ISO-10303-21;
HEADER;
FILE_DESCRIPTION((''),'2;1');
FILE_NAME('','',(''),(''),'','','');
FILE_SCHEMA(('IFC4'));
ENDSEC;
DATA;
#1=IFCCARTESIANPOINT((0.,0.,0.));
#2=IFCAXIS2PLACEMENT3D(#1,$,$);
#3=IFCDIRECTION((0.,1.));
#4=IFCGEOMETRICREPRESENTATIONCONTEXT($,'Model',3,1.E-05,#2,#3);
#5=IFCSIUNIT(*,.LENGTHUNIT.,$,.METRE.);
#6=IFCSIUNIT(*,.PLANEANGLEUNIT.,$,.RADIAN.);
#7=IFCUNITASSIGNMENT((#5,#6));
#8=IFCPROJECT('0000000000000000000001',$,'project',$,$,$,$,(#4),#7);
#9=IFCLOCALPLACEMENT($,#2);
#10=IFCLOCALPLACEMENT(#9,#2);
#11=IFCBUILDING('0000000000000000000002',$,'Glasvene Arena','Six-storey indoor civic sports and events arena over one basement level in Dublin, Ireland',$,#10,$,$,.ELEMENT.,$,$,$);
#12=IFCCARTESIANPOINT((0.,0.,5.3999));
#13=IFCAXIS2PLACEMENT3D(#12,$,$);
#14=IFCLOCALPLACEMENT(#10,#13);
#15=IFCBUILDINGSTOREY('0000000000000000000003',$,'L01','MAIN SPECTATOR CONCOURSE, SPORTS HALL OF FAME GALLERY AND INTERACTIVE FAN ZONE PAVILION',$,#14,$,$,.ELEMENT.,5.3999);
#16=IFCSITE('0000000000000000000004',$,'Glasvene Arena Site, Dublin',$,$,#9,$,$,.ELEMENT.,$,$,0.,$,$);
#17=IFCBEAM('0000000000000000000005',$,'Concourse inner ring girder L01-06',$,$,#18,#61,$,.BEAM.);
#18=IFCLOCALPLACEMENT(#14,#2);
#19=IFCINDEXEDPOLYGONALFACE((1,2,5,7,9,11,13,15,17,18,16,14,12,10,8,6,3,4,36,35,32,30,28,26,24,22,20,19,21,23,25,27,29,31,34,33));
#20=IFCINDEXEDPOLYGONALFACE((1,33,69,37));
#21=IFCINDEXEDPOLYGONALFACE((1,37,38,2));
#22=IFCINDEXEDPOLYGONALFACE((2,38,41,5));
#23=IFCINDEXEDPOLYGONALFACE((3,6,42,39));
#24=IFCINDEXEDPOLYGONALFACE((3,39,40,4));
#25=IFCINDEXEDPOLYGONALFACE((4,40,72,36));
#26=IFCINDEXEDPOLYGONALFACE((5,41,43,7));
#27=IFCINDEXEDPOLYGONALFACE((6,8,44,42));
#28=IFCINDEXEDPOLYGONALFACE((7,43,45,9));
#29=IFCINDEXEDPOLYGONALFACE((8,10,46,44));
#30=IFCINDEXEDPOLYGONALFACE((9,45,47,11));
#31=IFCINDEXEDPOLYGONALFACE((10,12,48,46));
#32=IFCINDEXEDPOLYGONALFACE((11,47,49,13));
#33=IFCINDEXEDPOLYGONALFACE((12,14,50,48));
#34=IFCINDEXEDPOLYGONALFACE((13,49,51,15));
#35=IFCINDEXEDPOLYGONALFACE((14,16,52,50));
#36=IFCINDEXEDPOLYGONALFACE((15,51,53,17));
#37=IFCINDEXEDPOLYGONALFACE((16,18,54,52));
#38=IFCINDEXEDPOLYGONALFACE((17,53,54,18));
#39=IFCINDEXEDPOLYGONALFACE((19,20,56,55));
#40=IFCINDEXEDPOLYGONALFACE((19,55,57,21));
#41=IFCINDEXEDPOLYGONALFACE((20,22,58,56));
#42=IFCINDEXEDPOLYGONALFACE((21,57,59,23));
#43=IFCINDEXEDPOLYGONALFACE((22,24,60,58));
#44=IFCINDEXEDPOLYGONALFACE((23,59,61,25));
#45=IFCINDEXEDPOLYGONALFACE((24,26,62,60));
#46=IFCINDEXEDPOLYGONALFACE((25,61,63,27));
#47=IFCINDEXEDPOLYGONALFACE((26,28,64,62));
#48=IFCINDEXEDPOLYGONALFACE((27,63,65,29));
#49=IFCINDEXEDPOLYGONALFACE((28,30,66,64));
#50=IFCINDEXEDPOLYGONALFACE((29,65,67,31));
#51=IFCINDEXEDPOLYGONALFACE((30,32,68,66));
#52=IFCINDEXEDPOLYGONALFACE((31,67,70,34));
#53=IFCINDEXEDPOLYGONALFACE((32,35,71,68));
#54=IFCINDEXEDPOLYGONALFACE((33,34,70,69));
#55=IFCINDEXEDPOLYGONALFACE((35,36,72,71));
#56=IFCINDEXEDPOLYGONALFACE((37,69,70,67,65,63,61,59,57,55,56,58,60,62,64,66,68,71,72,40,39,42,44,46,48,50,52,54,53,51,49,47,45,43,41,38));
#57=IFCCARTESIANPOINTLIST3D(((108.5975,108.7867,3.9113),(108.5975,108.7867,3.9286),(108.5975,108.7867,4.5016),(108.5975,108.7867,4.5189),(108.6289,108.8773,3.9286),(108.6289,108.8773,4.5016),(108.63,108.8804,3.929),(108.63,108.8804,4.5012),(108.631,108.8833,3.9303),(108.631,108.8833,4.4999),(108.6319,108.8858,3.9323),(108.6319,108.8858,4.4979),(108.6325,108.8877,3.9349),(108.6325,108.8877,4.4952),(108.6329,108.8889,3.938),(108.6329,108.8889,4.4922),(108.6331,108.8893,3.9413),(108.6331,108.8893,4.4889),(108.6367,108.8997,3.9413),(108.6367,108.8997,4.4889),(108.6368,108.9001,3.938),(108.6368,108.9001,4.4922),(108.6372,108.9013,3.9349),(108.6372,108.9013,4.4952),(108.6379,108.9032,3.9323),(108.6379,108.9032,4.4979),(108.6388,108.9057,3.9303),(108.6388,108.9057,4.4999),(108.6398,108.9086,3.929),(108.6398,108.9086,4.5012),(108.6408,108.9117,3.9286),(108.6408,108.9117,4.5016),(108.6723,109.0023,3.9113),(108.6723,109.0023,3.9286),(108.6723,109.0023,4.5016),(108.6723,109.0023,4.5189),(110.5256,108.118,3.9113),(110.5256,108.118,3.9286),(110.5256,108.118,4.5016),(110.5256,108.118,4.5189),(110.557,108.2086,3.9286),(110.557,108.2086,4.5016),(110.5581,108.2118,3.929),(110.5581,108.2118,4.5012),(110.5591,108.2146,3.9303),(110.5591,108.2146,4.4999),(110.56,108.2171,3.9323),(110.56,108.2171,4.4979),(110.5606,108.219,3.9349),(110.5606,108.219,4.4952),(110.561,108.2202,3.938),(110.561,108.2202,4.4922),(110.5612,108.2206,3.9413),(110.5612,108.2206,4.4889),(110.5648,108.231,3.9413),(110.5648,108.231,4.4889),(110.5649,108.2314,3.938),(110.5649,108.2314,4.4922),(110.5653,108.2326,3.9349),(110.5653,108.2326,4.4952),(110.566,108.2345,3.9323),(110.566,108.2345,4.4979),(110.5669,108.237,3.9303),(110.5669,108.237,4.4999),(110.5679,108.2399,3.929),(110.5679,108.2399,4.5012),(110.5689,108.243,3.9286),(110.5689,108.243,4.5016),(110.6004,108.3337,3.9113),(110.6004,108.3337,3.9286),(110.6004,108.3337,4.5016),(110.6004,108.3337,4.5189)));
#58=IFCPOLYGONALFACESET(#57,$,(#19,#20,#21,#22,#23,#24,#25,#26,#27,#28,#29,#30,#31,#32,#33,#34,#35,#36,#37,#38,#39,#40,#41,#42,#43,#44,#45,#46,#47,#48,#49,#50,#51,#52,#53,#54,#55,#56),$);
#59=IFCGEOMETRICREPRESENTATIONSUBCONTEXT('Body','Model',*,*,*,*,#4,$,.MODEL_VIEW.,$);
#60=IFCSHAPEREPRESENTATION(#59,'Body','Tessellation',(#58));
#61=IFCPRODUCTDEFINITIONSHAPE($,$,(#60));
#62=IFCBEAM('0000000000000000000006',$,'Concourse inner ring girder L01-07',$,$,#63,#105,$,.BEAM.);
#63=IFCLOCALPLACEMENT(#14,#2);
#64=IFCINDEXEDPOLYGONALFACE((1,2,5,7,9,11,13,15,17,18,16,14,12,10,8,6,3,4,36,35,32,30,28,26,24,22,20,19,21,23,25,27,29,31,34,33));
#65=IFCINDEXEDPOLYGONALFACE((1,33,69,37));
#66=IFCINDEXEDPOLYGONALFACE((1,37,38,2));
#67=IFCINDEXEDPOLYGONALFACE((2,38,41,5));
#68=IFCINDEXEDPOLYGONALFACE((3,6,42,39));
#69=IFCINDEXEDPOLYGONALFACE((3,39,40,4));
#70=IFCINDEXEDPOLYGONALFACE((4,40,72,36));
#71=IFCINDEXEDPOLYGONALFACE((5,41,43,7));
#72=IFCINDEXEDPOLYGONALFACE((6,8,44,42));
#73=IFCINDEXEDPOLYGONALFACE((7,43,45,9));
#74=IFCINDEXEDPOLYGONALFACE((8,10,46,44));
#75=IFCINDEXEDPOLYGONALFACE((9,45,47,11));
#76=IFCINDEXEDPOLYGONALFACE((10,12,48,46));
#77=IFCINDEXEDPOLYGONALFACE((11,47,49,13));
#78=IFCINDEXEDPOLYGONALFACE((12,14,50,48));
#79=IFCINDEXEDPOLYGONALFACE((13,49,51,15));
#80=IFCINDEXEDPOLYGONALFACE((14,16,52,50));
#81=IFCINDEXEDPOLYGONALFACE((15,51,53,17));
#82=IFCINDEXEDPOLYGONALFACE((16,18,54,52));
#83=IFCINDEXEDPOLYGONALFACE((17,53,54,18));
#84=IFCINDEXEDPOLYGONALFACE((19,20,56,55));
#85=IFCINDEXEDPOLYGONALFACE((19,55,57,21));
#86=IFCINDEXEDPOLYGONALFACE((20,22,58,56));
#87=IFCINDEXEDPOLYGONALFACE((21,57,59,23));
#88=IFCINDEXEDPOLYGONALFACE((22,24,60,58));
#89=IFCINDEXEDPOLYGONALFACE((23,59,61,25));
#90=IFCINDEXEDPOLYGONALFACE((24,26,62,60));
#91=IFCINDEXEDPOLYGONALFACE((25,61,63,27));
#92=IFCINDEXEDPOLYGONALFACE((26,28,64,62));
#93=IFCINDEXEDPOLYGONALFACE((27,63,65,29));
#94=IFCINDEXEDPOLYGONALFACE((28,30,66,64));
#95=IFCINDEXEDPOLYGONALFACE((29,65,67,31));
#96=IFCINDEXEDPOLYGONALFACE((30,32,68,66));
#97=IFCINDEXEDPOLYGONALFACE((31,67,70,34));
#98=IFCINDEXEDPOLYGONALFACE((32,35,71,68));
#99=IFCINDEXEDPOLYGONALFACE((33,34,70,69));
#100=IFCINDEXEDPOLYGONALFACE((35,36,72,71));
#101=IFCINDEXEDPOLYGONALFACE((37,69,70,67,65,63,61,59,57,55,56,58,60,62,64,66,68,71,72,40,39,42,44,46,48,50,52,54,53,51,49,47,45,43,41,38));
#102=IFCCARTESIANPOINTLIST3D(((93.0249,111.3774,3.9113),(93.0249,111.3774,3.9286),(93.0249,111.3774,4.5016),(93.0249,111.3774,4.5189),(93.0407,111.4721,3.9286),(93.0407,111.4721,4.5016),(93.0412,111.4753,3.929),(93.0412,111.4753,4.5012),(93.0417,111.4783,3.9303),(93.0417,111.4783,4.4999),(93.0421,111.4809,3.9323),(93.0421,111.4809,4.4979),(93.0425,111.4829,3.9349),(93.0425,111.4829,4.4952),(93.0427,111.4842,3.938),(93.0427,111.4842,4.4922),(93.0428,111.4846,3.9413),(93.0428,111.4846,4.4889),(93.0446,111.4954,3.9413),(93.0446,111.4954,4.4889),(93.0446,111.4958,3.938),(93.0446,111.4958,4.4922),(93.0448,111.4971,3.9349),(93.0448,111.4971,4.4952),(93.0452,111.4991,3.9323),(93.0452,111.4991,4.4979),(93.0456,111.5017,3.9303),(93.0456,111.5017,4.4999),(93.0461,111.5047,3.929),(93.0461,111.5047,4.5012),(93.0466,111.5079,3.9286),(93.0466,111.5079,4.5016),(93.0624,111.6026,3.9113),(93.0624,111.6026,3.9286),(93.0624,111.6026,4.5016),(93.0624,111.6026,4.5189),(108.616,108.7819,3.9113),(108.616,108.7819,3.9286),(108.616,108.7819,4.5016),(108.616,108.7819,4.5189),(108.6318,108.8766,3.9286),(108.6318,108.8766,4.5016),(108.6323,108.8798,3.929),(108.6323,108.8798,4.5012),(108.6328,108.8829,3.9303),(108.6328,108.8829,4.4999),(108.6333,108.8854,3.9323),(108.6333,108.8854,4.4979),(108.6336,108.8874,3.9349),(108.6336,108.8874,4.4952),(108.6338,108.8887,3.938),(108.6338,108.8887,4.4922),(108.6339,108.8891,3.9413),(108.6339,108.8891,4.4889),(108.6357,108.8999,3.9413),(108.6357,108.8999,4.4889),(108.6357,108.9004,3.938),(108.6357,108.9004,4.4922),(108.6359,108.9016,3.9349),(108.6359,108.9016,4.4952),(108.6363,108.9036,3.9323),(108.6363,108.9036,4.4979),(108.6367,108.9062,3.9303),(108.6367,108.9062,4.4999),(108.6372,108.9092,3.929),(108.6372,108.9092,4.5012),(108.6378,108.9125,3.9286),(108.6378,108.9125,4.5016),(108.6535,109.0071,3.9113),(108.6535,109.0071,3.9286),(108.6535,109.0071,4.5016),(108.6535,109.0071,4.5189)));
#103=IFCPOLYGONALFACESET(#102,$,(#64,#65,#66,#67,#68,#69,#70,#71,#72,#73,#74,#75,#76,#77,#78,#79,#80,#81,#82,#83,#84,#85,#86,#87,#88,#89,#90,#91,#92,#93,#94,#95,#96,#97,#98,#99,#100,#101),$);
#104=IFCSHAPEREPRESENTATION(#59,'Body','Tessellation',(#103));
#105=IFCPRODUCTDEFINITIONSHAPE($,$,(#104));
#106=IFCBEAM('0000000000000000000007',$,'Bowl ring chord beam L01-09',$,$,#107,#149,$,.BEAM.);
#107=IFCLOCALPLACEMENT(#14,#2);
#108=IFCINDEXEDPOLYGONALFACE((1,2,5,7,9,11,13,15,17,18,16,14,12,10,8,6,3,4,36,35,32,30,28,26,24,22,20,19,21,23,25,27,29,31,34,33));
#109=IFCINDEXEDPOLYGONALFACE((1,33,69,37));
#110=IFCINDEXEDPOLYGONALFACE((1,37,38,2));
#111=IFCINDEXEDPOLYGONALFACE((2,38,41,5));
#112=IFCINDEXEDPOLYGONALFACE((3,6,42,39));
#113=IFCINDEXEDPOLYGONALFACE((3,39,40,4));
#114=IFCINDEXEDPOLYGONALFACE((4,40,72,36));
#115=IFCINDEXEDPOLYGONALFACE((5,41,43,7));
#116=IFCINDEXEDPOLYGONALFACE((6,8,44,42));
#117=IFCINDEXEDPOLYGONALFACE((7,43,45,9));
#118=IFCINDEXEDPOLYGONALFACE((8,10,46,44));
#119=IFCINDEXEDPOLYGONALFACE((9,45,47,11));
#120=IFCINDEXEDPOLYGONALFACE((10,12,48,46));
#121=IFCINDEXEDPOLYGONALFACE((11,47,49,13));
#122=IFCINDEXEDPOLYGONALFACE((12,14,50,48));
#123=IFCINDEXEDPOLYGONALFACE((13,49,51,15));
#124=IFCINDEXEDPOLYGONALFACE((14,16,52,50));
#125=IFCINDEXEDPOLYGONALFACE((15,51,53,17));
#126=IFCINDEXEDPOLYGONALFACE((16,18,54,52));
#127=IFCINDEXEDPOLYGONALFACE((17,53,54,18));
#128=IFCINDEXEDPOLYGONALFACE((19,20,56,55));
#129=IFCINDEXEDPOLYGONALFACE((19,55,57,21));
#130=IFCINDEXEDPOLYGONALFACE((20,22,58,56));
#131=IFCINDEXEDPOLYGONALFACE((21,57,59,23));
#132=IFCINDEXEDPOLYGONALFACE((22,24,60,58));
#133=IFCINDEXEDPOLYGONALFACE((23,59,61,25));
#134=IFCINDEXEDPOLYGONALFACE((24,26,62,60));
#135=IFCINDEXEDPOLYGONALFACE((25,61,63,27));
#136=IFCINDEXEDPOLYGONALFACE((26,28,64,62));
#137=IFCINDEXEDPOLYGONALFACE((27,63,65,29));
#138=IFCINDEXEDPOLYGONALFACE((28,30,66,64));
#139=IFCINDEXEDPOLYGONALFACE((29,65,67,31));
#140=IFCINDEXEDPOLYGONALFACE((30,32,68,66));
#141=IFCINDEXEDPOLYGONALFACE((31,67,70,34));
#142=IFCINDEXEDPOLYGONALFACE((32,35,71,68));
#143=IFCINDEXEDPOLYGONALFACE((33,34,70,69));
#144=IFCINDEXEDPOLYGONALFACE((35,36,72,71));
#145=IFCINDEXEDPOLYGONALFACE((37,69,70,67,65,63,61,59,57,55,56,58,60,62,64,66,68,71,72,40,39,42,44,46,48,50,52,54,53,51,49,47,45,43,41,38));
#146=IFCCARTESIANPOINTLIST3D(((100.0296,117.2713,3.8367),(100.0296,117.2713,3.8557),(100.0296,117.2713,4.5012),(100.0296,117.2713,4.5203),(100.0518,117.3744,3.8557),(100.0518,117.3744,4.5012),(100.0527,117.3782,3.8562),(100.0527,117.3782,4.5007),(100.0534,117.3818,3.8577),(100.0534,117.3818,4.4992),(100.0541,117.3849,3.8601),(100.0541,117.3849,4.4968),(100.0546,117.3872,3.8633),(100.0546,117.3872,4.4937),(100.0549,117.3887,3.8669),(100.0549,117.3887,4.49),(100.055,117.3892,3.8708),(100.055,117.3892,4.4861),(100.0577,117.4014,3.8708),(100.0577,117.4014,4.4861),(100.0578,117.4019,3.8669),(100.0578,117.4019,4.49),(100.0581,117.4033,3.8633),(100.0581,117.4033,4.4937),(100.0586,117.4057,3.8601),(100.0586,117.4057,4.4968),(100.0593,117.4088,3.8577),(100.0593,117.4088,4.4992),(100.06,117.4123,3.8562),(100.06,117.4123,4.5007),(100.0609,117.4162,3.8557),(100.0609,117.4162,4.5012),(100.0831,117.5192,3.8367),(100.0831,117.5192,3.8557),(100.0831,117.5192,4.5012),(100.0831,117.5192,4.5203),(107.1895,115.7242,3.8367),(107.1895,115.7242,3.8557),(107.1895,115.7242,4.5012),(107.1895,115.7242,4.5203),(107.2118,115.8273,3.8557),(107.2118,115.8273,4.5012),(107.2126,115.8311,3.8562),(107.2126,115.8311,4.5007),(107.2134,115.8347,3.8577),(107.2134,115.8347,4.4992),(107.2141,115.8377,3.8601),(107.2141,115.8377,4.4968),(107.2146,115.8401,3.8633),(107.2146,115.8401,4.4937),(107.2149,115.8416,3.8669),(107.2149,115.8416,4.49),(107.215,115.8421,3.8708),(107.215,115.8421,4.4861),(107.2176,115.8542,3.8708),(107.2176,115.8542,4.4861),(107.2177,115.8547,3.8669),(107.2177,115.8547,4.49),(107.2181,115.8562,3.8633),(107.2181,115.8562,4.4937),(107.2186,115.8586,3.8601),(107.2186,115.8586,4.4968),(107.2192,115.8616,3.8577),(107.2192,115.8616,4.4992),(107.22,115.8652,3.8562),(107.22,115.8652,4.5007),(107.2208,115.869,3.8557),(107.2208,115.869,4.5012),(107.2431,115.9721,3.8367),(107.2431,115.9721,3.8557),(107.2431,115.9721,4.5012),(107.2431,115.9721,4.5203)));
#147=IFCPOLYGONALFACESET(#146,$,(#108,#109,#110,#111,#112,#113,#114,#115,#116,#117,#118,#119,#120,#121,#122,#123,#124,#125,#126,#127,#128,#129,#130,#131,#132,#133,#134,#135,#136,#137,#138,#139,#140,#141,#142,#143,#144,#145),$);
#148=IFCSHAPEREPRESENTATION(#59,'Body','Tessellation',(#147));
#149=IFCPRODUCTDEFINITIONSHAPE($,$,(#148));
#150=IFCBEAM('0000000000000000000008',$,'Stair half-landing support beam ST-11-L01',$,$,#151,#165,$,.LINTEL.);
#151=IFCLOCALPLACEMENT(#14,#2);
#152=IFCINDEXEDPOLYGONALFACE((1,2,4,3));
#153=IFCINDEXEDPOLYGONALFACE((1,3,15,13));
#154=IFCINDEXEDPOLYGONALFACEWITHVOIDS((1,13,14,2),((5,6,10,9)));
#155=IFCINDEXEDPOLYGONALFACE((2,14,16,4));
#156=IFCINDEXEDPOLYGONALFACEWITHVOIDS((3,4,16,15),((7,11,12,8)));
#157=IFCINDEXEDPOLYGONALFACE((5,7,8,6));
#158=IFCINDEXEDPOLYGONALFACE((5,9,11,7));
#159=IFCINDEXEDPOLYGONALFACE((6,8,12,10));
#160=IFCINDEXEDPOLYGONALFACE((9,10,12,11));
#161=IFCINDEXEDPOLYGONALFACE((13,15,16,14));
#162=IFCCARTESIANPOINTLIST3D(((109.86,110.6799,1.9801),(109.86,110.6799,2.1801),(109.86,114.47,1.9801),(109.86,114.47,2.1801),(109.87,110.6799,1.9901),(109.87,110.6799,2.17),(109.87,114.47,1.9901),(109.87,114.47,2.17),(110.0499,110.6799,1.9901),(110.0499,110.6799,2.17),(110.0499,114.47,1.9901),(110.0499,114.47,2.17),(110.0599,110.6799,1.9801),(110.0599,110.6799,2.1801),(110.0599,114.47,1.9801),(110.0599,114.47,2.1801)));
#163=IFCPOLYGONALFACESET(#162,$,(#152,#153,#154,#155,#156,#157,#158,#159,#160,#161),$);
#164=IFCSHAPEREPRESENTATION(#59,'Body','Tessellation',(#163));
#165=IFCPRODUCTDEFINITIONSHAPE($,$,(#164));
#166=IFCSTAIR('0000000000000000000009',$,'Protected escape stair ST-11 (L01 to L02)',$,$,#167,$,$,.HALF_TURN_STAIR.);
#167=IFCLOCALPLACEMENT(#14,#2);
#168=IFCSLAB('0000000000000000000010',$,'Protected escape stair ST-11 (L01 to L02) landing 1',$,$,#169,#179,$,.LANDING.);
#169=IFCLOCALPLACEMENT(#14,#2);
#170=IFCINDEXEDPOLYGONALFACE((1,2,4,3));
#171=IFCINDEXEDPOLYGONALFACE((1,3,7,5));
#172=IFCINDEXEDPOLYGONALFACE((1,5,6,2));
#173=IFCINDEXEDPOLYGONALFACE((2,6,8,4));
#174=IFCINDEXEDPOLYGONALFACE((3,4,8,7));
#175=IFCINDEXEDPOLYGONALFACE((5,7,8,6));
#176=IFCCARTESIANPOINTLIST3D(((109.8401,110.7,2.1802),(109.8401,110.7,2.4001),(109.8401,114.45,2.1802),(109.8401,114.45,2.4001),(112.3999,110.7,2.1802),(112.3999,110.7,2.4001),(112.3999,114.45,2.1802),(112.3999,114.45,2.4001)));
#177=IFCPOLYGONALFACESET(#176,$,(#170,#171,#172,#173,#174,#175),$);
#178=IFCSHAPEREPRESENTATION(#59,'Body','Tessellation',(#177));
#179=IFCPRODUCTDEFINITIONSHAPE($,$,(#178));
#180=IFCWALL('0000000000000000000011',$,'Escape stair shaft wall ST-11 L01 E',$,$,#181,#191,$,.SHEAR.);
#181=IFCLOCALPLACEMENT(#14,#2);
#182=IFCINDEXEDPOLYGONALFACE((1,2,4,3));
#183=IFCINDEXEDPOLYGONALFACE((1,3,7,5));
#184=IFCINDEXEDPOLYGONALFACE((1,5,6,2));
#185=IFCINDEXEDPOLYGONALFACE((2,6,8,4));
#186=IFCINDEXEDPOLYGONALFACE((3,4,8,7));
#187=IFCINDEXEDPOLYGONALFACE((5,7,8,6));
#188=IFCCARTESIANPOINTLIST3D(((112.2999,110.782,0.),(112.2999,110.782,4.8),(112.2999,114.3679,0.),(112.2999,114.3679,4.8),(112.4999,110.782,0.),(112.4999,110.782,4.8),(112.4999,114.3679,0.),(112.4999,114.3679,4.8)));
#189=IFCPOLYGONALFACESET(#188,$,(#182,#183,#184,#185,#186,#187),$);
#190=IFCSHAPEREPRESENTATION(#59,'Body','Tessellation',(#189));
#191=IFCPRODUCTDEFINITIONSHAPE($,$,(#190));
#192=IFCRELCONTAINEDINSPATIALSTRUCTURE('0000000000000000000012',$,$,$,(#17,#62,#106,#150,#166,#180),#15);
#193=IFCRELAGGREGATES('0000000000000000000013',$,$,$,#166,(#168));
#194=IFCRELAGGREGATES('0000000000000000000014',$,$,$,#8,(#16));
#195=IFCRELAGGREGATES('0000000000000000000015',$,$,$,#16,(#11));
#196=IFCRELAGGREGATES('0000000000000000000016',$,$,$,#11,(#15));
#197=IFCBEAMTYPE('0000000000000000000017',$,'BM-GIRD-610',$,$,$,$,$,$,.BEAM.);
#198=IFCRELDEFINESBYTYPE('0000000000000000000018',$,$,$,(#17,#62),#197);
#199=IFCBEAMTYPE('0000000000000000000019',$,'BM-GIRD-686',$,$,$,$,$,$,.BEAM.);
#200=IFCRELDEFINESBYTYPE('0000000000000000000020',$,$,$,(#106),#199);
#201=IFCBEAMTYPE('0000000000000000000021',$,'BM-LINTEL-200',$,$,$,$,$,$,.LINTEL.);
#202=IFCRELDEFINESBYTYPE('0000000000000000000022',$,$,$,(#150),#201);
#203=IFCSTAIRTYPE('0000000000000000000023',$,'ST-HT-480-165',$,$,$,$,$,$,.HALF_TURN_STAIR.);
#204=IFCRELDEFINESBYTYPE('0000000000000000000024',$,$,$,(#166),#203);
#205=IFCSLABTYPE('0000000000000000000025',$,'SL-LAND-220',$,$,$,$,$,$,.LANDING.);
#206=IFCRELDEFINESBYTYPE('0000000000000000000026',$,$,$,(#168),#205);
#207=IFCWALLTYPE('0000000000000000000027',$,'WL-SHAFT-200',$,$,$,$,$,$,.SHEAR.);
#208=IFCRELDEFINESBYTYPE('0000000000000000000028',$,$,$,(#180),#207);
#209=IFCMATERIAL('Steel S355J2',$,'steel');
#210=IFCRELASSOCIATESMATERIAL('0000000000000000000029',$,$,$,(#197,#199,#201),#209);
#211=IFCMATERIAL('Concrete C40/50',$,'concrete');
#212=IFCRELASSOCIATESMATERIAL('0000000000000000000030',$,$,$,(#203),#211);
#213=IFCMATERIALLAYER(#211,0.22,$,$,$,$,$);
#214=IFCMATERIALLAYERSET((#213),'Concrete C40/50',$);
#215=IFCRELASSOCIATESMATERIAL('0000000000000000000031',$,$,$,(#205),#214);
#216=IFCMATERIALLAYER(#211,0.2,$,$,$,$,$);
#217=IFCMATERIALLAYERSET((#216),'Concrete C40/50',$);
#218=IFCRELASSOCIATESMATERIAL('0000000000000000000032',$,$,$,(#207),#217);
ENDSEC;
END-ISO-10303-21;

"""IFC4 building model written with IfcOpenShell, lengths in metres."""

from ifc_helpers import new_model, si_unit, direction, frame, frame_2d, origin, origin_2d, place, context, subcontext, project, spatial, polyline, rectangle, hollow_rectangle, i_section, outline, extrude, material, layer, layer_set, material_profile, profile_set, type_object, element, aggregate, save


model = new_model("IFC4")

# Units and contexts
model_context = context("Model", 3, precision=1e-05, world=origin(), true_north=direction((0.0, 1.0)))
body_context = subcontext(model_context, "Body", "Model", "MODEL_VIEW")
ifc_project = project(units=[si_unit("LENGTHUNIT", "METRE"), si_unit("PLANEANGLEUNIT", "RADIAN")], contexts=[model_context])

# Site, building, storey
site_placement = place(None, origin())
site = spatial("IfcSite", under=ifc_project, at=site_placement, Name="Glasvene Arena Site, Dublin", CompositionType="ELEMENT", RefElevation=0.0)
building_placement = place(site_placement, origin())
building = spatial("IfcBuilding", under=site, at=building_placement, Name="Glasvene Arena", Description="Six-storey indoor civic sports and events arena over one basement level in Dublin, Ireland", CompositionType="ELEMENT")
storey_placement = place(building_placement, frame((0.0, 0.0, 5.3999)))
storey = spatial("IfcBuildingStorey", under=building, at=storey_placement, Name="L01", Description="MAIN SPECTATOR CONCOURSE, SPORTS HALL OF FAME GALLERY AND INTERACTIVE FAN ZONE PAVILION", CompositionType="ELEMENT", Elevation=5.3999)

# Shared definitions
ifc_material_1 = material(Name="Steel S355J2", Category="steel")

# Beams
ifc_material_profile_1 = material_profile(ifc_material_1, i_section(OverallWidth=0.2283, OverallDepth=0.6077, WebThickness=0.011, FlangeThickness=0.0173, FilletRadius=0.0127, at=origin_2d()), Name="UKB 610x229x113")
ifc_profile_set_1 = profile_set([ifc_material_profile_1], Name="Steel S355J2")
beam_type_1 = type_object("IfcBeamType", Name="BM-GIRD-610", PredefinedType="BEAM", material=ifc_profile_set_1)
beam_1_placement = place(storey_placement, frame((110.563, 108.2258, 4.2151), z_axis=(-0.944798, 0.327653, 0.0), x_axis=(-0.327653, -0.944798, 0.0)))
element("IfcBeam", 1, at=beam_1_placement, inside=storey, type_object=beam_type_1, Name="Concourse inner ring girder L01-06", PredefinedType="BEAM", context=body_context, shape_type="SweptSolid", body=[
    extrude(i_section(OverallWidth=0.2283, OverallDepth=0.6077, WebThickness=0.011, FlangeThickness=0.0173, FilletRadius=0.0127, at=origin_2d()), origin(), (0.0, 0.0, 1.0), 2.0408),
])
beam_2_placement = place(storey_placement, frame((108.6348, 108.8945, 4.2151), z_axis=(-0.986425, 0.164211, 0.0), x_axis=(-0.164211, -0.986425, 0.0)))
element("IfcBeam", 2, at=beam_2_placement, inside=storey, type_object=beam_type_1, Name="Concourse inner ring girder L01-07", PredefinedType="BEAM", context=body_context, shape_type="SweptSolid", body=[
    extrude(i_section(OverallWidth=0.2283, OverallDepth=0.6077, WebThickness=0.011, FlangeThickness=0.0173, FilletRadius=0.0127, at=origin_2d()), origin(), (0.0, 0.0, 1.0), 15.8057),
])
ifc_material_profile_2 = material_profile(ifc_material_1, i_section(OverallWidth=0.2537, OverallDepth=0.6836, WebThickness=0.0125, FlangeThickness=0.019, FilletRadius=0.0151, at=origin_2d()), Name="UKB 686x254x140")
ifc_profile_set_2 = profile_set([ifc_material_profile_2], Name="Steel S355J2")
beam_type_2 = type_object("IfcBeamType", Name="BM-GIRD-686", PredefinedType="BEAM", material=ifc_profile_set_2)
beam_3_placement = place(storey_placement, frame((107.2163, 115.8481, 4.1785), z_axis=(-0.977442, 0.211206, 0.0), x_axis=(-0.211206, -0.977442, 0.0)))
element("IfcBeam", 3, at=beam_3_placement, inside=storey, type_object=beam_type_2, Name="Bowl ring chord beam L01-09", PredefinedType="BEAM", context=body_context, shape_type="SweptSolid", body=[
    extrude(i_section(OverallWidth=0.2537, OverallDepth=0.6836, WebThickness=0.0125, FlangeThickness=0.019, FilletRadius=0.0151, at=origin_2d()), origin(), (0.0, 0.0, 1.0), 7.3252),
])
ifc_material_profile_3 = material_profile(ifc_material_1, hollow_rectangle(XDim=0.2, YDim=0.2, WallThickness=0.01, at=origin_2d()), Name="SHS 200x200x10.0")
ifc_profile_set_3 = profile_set([ifc_material_profile_3], Name="Steel S355J2")
beam_type_3 = type_object("IfcBeamType", Name="BM-LINTEL-200", PredefinedType="LINTEL", material=ifc_profile_set_3)
beam_4_placement = place(storey_placement, frame((109.96, 110.6799, 2.0801), z_axis=(0.0, 1.0, 0.0), x_axis=(-1.0, 0.0, 0.0)))
element("IfcBeam", 4, at=beam_4_placement, inside=storey, type_object=beam_type_3, Name="Stair half-landing support beam ST-11-L01", PredefinedType="LINTEL", context=body_context, shape_type="SweptSolid", body=[
    extrude(hollow_rectangle(XDim=0.2, YDim=0.2, WallThickness=0.01, at=origin_2d()), origin(), (0.0, 0.0, 1.0), 3.79),
])

# Stair, slab
ifc_material_2 = material(Name="Concrete C40/50", Category="concrete")
stair_type = type_object("IfcStairType", Name="ST-HT-480-165", PredefinedType="HALF_TURN_STAIR", material=ifc_material_2)
stair_placement = place(storey_placement, origin())
stair = element("IfcStair", 5, at=stair_placement, inside=storey, type_object=stair_type, Name="Protected escape stair ST-11 (L01 to L02)", PredefinedType="HALF_TURN_STAIR")
ifc_layer_1 = layer(ifc_material_2, 0.22)
ifc_layer_set_1 = layer_set([ifc_layer_1], Name="Concrete C40/50")
slab_type = type_object("IfcSlabType", Name="SL-LAND-220", PredefinedType="LANDING", material=ifc_layer_set_1)
slab_placement = place(storey_placement, frame((111.1201, 112.575, 2.1802)))
slab = element("IfcSlab", 6, at=slab_placement, type_object=slab_type, Name="Protected escape stair ST-11 (L01 to L02) landing 1", PredefinedType="LANDING", context=body_context, shape_type="SweptSolid", body=[
    extrude(outline(polyline([(-1.28, -1.875), (1.2798, -1.875), (1.2798, 1.875), (-1.28, 1.875), (-1.28, -1.875)])), origin(), (0.0, 0.0, 1.0), 0.22),
])

# Shared definitions
ifc_layer_2 = layer(ifc_material_2, 0.2)
ifc_layer_set_2 = layer_set([ifc_layer_2], Name="Concrete C40/50")
wall_type_1 = type_object("IfcWallType", Name="WL-SHAFT-200", PredefinedType="SHEAR", material=ifc_layer_set_2)

# Wall
wall_1_placement = place(storey_placement, frame((112.3999, 110.782, 0.0), z_axis=(0.0, 0.0, 1.0), x_axis=(0.0, 1.0, 0.0)))
element("IfcWall", 7, at=wall_1_placement, inside=storey, type_object=wall_type_1, Name="Escape stair shaft wall ST-11 L01 E", PredefinedType="SHEAR", context=body_context, shape_type="SweptSolid", body=[
    extrude(rectangle(XDim=3.5859, YDim=0.2, at=frame_2d((1.793, 0.0))), origin(), (0.0, 0.0, 1.0), 4.8),
])

aggregate(stair, [slab])

save(model, "model.ifc")
